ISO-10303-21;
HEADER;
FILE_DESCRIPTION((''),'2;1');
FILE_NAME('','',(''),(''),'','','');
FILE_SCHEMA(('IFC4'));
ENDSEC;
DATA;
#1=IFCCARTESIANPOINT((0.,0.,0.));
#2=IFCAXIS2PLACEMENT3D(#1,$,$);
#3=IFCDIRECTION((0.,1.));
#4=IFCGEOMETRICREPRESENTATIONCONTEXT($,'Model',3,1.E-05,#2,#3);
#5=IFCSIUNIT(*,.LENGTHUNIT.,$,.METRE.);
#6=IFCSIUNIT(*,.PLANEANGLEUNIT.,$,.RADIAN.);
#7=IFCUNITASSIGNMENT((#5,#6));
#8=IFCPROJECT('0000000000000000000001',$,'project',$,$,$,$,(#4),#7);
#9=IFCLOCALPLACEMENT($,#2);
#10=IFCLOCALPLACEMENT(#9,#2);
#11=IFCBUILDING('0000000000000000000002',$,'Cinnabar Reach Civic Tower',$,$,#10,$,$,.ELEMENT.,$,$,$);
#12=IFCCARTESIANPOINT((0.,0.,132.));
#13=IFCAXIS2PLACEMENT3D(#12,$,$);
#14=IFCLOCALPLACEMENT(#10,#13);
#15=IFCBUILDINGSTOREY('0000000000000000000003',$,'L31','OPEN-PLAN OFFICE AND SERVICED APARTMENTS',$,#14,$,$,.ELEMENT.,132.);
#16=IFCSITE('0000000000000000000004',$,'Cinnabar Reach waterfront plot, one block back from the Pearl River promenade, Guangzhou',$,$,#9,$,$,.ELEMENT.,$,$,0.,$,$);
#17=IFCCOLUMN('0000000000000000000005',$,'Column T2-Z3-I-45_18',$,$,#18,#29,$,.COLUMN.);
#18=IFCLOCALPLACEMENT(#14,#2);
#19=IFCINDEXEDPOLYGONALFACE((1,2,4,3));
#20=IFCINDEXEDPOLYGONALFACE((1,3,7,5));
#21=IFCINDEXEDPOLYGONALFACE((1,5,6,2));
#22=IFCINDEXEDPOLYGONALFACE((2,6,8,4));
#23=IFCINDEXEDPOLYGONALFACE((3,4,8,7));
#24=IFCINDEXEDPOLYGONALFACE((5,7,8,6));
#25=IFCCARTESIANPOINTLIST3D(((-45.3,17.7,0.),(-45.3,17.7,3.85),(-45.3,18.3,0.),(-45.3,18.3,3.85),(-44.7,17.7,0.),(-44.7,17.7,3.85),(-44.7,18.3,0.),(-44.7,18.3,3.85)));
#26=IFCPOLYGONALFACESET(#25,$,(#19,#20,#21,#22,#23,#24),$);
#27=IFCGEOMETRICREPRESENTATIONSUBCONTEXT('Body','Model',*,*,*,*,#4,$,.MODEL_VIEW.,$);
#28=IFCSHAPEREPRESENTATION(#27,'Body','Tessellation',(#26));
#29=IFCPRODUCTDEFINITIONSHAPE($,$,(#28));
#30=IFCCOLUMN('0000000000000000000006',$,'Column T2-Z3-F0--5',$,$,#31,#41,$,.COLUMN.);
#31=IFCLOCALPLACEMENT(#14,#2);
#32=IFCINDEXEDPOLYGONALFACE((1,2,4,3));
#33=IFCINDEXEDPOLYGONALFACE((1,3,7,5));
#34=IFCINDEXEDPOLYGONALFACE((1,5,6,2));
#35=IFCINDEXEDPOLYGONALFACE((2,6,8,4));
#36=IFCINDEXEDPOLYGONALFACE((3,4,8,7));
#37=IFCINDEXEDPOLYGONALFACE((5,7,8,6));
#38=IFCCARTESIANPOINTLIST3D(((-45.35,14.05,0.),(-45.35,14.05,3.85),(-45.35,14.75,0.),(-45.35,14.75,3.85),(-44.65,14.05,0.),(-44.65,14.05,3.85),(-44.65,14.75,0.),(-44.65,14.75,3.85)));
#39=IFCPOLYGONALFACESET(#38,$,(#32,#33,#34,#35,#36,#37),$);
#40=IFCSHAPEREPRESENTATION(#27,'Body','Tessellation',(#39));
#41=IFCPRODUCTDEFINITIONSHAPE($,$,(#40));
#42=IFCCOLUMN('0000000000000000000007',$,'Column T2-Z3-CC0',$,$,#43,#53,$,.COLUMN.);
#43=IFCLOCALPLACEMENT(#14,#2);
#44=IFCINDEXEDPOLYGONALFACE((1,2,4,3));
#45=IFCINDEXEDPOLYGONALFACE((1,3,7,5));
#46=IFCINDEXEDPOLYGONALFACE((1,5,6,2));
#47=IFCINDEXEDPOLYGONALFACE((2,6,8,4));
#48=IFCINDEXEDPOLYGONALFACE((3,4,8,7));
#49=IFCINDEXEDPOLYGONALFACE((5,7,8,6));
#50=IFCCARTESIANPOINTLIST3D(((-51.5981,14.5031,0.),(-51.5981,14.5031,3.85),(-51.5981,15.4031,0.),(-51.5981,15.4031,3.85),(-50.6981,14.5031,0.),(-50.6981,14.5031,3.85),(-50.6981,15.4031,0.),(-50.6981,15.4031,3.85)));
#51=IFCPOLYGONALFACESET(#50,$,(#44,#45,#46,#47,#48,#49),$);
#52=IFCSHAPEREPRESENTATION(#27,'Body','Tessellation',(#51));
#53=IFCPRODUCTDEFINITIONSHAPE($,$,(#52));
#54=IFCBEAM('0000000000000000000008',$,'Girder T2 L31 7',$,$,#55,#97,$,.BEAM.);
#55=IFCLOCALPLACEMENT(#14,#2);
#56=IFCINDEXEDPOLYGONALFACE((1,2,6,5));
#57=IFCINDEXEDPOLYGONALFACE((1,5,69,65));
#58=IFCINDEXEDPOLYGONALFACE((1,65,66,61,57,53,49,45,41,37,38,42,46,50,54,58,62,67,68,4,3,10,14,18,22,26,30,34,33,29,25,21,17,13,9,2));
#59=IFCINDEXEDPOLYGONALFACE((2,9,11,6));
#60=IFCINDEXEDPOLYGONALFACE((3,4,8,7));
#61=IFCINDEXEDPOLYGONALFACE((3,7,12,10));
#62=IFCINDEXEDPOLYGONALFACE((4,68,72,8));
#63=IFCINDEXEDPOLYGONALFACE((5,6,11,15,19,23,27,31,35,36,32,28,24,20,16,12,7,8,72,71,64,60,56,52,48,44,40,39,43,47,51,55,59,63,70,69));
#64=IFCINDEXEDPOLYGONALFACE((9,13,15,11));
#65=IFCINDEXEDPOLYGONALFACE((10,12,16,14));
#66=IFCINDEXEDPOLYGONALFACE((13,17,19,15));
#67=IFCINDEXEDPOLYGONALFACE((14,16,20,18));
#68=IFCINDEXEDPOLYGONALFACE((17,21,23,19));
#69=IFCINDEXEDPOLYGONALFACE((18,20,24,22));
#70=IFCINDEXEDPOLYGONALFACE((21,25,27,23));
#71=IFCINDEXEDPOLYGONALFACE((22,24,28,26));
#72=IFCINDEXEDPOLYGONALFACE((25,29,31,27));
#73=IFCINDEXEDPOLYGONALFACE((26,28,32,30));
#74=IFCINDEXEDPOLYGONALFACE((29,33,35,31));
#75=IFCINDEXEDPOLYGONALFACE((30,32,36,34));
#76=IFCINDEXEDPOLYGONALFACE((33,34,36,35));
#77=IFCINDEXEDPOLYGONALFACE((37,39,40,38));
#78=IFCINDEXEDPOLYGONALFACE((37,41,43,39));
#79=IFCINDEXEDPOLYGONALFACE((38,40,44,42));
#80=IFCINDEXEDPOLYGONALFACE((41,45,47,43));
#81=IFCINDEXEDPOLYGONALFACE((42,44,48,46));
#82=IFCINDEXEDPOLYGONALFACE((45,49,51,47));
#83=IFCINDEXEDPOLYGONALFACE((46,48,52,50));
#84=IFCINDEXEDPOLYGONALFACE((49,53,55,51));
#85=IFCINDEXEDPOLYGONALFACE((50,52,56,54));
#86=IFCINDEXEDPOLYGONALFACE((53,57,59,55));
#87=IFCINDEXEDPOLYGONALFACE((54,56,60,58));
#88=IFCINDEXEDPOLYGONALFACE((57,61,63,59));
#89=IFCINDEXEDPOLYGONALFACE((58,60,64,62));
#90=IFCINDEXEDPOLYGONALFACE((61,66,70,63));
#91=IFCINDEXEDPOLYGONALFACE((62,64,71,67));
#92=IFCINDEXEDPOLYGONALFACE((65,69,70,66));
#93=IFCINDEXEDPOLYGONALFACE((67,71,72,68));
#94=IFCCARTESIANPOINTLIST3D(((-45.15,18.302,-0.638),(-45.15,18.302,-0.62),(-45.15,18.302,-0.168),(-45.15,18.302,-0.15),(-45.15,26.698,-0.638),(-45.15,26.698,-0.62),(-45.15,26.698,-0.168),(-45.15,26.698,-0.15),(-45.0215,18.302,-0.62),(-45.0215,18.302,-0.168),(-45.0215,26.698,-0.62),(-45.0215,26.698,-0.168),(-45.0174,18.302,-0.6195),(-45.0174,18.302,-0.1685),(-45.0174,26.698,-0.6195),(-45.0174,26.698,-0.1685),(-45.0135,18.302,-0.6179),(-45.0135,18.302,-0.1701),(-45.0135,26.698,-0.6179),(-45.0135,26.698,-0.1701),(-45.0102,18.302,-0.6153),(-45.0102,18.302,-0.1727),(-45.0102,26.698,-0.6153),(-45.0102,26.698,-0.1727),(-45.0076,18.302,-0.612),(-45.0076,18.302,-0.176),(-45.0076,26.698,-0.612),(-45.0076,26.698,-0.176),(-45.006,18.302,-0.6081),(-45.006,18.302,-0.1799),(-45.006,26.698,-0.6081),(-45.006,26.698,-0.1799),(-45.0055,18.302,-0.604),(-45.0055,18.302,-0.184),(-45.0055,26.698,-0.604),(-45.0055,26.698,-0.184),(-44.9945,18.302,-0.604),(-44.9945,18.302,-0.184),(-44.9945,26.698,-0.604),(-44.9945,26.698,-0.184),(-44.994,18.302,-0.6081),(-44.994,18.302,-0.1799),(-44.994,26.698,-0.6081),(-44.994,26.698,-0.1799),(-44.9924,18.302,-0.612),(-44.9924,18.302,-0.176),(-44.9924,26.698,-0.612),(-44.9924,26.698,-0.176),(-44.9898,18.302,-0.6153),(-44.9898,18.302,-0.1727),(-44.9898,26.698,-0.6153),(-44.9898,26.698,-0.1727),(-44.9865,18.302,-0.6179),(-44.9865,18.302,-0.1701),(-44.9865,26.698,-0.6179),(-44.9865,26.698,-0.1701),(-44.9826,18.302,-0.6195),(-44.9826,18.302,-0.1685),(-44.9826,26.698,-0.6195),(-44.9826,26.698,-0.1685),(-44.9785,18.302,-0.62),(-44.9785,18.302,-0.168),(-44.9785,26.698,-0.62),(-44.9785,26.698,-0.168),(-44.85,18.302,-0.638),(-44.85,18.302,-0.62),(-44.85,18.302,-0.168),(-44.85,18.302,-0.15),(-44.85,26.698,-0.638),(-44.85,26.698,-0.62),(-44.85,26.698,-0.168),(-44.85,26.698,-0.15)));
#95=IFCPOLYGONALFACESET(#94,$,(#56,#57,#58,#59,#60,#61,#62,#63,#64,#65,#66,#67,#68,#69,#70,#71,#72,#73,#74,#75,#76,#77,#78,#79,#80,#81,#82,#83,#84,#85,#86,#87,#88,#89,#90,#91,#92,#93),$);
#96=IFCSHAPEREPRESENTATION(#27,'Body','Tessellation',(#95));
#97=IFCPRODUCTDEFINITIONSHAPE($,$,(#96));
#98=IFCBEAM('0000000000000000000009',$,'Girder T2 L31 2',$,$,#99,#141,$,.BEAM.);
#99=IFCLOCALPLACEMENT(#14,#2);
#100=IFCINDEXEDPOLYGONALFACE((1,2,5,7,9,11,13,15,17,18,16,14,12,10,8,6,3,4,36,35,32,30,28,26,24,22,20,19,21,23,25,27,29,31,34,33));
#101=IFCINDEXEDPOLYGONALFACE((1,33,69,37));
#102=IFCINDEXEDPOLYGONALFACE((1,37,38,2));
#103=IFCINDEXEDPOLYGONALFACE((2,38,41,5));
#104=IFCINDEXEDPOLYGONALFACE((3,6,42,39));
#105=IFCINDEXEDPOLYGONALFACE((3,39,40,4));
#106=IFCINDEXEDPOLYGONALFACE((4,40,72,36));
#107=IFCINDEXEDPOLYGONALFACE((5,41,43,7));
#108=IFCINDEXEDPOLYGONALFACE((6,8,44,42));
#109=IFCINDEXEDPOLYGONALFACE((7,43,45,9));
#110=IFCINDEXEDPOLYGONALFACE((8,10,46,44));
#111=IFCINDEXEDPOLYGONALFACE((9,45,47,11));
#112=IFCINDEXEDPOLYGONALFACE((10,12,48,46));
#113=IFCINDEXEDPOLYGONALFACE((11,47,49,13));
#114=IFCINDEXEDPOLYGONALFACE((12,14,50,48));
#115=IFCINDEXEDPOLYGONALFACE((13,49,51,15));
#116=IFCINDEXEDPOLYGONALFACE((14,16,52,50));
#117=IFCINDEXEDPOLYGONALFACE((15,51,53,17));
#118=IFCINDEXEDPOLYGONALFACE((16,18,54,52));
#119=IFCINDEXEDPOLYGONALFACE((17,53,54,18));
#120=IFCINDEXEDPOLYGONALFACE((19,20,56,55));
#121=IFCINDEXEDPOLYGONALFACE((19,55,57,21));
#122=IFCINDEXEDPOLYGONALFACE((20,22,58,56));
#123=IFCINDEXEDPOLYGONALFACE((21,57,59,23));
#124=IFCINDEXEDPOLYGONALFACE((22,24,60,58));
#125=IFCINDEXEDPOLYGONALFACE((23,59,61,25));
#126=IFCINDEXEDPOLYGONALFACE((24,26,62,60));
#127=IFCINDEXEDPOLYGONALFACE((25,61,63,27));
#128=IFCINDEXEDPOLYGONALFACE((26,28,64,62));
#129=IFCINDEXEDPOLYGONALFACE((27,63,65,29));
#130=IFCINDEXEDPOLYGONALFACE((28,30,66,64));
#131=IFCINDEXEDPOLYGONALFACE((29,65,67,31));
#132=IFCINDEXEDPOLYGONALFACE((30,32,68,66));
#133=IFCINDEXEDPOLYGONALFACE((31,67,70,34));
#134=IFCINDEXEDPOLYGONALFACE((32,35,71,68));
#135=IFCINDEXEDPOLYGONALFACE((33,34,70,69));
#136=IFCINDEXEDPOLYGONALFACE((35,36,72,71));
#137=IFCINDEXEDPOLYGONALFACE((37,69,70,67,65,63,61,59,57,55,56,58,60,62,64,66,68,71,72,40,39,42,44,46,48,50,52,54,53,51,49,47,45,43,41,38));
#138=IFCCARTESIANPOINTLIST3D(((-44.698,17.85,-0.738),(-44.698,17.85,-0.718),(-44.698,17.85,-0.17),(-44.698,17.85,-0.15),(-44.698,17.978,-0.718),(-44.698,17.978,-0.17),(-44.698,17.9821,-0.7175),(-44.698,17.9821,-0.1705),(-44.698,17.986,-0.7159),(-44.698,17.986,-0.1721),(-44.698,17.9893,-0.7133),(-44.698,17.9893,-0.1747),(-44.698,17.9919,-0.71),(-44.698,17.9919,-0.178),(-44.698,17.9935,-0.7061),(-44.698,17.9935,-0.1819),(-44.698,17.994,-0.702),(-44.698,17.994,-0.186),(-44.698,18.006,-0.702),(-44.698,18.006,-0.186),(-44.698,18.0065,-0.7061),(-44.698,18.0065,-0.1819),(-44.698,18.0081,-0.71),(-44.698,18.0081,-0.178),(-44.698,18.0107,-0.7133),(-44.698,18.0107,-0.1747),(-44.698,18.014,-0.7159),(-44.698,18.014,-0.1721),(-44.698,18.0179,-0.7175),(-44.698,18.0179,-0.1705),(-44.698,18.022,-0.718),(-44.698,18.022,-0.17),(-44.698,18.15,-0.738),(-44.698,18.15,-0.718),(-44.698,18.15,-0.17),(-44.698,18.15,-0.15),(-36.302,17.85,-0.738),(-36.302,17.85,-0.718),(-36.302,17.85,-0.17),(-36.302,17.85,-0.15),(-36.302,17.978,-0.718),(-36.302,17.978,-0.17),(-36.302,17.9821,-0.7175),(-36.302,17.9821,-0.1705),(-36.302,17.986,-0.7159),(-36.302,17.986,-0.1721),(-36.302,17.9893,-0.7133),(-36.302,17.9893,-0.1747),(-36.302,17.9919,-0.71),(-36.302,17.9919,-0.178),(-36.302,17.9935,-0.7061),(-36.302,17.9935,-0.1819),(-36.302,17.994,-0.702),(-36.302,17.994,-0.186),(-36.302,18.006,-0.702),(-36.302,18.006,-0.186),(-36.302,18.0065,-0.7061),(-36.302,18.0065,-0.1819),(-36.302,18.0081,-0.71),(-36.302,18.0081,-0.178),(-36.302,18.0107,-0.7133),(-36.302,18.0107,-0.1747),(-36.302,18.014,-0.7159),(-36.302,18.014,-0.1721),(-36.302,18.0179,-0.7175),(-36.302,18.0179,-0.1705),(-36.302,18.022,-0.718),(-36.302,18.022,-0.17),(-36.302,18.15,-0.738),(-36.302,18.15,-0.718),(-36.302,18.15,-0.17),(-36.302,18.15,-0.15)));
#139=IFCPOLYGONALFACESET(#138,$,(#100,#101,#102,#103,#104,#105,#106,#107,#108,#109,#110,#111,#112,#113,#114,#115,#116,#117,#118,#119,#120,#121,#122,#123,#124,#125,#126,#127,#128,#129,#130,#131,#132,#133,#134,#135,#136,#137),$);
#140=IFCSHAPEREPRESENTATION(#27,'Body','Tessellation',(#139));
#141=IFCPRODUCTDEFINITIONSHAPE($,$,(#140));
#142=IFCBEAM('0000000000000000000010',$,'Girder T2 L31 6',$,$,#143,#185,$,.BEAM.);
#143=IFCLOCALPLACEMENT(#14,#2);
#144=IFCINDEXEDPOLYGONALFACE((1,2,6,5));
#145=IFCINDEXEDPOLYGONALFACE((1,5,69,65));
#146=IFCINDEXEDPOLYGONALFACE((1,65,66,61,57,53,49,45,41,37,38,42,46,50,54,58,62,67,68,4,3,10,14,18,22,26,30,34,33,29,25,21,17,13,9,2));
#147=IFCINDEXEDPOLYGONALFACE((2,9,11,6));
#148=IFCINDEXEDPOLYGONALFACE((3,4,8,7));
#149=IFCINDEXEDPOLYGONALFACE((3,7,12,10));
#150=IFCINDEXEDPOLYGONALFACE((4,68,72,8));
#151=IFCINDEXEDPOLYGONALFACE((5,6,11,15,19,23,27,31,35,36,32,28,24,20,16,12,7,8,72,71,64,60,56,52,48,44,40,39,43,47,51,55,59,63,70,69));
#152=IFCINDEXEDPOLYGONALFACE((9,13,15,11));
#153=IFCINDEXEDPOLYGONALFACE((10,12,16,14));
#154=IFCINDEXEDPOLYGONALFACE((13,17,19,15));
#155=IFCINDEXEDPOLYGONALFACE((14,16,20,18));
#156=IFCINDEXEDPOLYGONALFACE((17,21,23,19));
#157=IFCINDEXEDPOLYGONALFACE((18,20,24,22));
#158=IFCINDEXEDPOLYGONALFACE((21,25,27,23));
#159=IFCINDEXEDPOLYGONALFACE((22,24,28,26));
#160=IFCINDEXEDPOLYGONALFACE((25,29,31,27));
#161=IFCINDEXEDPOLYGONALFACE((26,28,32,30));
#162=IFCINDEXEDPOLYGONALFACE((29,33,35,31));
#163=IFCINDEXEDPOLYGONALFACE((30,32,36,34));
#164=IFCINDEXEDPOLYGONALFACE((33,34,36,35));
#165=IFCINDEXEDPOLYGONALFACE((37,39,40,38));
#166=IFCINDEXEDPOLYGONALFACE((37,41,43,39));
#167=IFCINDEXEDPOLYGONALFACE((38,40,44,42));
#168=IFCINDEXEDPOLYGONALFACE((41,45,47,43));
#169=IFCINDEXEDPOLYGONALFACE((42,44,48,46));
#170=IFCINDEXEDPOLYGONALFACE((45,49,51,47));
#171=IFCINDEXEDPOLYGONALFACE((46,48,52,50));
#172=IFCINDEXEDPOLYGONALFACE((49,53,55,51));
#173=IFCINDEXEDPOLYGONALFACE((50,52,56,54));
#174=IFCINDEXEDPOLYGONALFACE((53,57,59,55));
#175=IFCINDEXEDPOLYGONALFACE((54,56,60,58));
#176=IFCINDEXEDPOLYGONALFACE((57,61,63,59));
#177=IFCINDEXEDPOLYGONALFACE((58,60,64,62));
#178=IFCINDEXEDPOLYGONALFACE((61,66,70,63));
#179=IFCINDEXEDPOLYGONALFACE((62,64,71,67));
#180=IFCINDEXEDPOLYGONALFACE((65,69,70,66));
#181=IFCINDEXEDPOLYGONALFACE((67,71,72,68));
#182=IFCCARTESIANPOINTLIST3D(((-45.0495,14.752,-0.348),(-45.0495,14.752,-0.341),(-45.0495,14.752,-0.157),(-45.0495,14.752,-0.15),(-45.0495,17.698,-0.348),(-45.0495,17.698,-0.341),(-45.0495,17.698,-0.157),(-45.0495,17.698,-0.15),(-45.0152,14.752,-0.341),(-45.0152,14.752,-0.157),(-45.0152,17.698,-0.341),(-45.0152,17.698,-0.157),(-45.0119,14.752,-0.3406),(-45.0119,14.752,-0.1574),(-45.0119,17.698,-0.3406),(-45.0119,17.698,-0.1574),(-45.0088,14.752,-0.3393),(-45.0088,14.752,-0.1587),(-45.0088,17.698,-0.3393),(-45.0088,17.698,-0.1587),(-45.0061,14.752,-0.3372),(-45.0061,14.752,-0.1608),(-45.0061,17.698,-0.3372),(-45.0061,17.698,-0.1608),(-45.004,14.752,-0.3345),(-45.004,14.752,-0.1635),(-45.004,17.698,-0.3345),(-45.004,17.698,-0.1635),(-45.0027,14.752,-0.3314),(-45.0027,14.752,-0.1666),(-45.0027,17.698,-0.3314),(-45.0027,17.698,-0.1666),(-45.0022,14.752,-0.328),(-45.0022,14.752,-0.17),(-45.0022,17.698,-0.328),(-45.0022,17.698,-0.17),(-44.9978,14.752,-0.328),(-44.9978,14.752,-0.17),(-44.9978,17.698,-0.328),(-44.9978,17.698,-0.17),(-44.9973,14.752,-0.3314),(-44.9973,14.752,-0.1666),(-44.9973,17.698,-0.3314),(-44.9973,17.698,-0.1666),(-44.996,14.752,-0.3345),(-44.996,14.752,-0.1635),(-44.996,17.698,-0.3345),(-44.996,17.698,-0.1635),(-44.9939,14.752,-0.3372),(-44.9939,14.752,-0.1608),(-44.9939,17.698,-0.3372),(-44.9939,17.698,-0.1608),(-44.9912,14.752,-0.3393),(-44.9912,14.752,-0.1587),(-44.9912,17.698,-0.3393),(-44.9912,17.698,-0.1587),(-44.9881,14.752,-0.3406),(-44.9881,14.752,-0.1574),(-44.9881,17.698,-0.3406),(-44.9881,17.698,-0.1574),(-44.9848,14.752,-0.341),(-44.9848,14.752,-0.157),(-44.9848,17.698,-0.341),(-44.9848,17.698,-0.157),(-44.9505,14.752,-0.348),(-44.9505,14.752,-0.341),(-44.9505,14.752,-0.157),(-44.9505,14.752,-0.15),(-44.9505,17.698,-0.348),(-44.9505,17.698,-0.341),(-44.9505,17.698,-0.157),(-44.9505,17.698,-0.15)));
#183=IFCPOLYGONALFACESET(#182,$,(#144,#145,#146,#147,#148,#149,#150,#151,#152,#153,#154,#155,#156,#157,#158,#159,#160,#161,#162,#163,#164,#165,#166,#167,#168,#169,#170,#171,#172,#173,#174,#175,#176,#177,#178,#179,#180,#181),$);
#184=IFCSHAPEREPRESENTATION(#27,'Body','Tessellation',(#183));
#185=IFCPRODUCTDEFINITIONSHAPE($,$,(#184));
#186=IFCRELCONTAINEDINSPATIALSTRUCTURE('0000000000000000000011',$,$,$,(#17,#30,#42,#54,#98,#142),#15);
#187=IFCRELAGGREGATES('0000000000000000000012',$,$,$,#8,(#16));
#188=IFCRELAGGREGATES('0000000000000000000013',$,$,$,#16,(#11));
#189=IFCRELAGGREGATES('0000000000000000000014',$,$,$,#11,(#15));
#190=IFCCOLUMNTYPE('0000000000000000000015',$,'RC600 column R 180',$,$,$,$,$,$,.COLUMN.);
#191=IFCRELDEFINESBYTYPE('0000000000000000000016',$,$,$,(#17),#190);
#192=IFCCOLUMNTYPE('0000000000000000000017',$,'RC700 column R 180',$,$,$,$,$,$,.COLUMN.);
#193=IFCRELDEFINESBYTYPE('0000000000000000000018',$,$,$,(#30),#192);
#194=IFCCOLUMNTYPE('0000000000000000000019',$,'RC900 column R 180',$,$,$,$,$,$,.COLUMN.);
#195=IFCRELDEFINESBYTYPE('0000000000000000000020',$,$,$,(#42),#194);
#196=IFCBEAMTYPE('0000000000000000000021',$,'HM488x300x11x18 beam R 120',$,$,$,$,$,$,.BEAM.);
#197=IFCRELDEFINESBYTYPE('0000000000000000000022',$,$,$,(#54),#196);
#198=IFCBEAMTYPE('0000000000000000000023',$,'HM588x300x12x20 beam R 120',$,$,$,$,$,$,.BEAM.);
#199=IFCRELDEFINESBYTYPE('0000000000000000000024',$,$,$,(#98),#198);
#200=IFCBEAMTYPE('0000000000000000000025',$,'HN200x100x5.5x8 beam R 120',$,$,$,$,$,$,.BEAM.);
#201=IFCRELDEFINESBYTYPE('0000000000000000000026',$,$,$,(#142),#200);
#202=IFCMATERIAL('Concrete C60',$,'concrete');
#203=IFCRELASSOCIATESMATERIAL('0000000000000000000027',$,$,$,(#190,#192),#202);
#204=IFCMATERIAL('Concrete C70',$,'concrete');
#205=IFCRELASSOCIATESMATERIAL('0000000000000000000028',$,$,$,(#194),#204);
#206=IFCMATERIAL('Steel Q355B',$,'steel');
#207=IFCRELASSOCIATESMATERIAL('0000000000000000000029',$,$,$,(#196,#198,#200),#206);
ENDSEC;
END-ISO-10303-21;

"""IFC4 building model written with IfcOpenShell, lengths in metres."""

from ifc_helpers import new_model, si_unit, direction, frame, origin, origin_2d, place, context, subcontext, project, spatial, rectangle, i_section, extrude, material, material_profile, profile_set, type_object, element, save


model = new_model("IFC4")

# Units and contexts
model_context = context("Model", 3, precision=1e-05, world=origin(), true_north=direction((0.0, 1.0)))
body_context = subcontext(model_context, "Body", "Model", "MODEL_VIEW")
ifc_project = project(units=[si_unit("LENGTHUNIT", "METRE"), si_unit("PLANEANGLEUNIT", "RADIAN")], contexts=[model_context])

# Site, building, storey
site_placement = place(None, origin())
site = spatial("IfcSite", under=ifc_project, at=site_placement, Name="Cinnabar Reach waterfront plot, one block back from the Pearl River promenade, Guangzhou", CompositionType="ELEMENT", RefElevation=0.0)
building_placement = place(site_placement, origin())
building = spatial("IfcBuilding", under=site, at=building_placement, Name="Cinnabar Reach Civic Tower", CompositionType="ELEMENT")
storey_placement = place(building_placement, frame((0.0, 0.0, 132.0)))
storey = spatial("IfcBuildingStorey", under=building, at=storey_placement, Name="L31", Description="OPEN-PLAN OFFICE AND SERVICED APARTMENTS", CompositionType="ELEMENT", Elevation=132.0)

# Columns
ifc_material_1 = material(Name="Concrete C60", Category="concrete")
ifc_material_profile_1 = material_profile(ifc_material_1, rectangle(XDim=0.6, YDim=0.6, at=origin_2d()), Name="RC600")
ifc_profile_set_1 = profile_set([ifc_material_profile_1], Name="Concrete C60")
column_type_1 = type_object("IfcColumnType", Name="RC600 column R 180", PredefinedType="COLUMN", material=ifc_profile_set_1)
column_1_placement = place(storey_placement, frame((-45.0, 18.0, 0.0), z_axis=(0.0, 0.0, 1.0), x_axis=(1.0, 0.0, 0.0)))
element("IfcColumn", 1, at=column_1_placement, inside=storey, type_object=column_type_1, Name="Column T2-Z3-I-45_18", PredefinedType="COLUMN", context=body_context, shape_type="SweptSolid", body=[
    extrude(rectangle(XDim=0.6, YDim=0.6, at=origin_2d()), origin(), (0.0, 0.0, 1.0), 3.85),
])
ifc_material_profile_2 = material_profile(ifc_material_1, rectangle(XDim=0.7, YDim=0.7, at=origin_2d()), Name="RC700")
ifc_profile_set_2 = profile_set([ifc_material_profile_2], Name="Concrete C60")
column_type_2 = type_object("IfcColumnType", Name="RC700 column R 180", PredefinedType="COLUMN", material=ifc_profile_set_2)
column_2_placement = place(storey_placement, frame((-45.0, 14.4, 0.0), z_axis=(0.0, 0.0, 1.0), x_axis=(1.0, 0.0, 0.0)))
element("IfcColumn", 2, at=column_2_placement, inside=storey, type_object=column_type_2, Name="Column T2-Z3-F0--5", PredefinedType="COLUMN", context=body_context, shape_type="SweptSolid", body=[
    extrude(rectangle(XDim=0.7, YDim=0.7, at=origin_2d()), origin(), (0.0, 0.0, 1.0), 3.85),
])
ifc_material_2 = material(Name="Concrete C70", Category="concrete")
ifc_material_profile_3 = material_profile(ifc_material_2, rectangle(XDim=0.9, YDim=0.9, at=origin_2d()), Name="RC900")
ifc_profile_set_3 = profile_set([ifc_material_profile_3], Name="Concrete C70")
column_type_3 = type_object("IfcColumnType", Name="RC900 column R 180", PredefinedType="COLUMN", material=ifc_profile_set_3)
column_3_placement = place(storey_placement, frame((-51.1481, 14.9531, 0.0), z_axis=(0.0, 0.0, 1.0), x_axis=(1.0, 0.0, 0.0)))
element("IfcColumn", 3, at=column_3_placement, inside=storey, type_object=column_type_3, Name="Column T2-Z3-CC0", PredefinedType="COLUMN", context=body_context, shape_type="SweptSolid", body=[
    extrude(rectangle(XDim=0.9, YDim=0.9, at=origin_2d()), origin(), (0.0, 0.0, 1.0), 3.85),
])

# Beams
ifc_material_3 = material(Name="Steel Q355B", Category="steel")
ifc_material_profile_4 = material_profile(ifc_material_3, i_section(OverallWidth=0.3, OverallDepth=0.488, WebThickness=0.011, FlangeThickness=0.018, FilletRadius=0.016, at=origin_2d()), Name="HM488x300x11x18")
ifc_profile_set_4 = profile_set([ifc_material_profile_4], Name="Steel Q355B")
beam_type_1 = type_object("IfcBeamType", Name="HM488x300x11x18 beam R 120", PredefinedType="BEAM", material=ifc_profile_set_4)
beam_1_placement = place(storey_placement, frame((-45.0, 18.302, -0.394), z_axis=(0.0, 1.0, 0.0), x_axis=(-1.0, 0.0, 0.0)))
element("IfcBeam", 4, at=beam_1_placement, inside=storey, type_object=beam_type_1, Name="Girder T2 L31 7", PredefinedType="BEAM", context=body_context, shape_type="SweptSolid", body=[
    extrude(i_section(OverallWidth=0.3, OverallDepth=0.488, WebThickness=0.011, FlangeThickness=0.018, FilletRadius=0.016, at=origin_2d()), origin(), (0.0, 0.0, 1.0), 8.396),
])
ifc_material_profile_5 = material_profile(ifc_material_3, i_section(OverallWidth=0.3, OverallDepth=0.588, WebThickness=0.012, FlangeThickness=0.02, FilletRadius=0.016, at=origin_2d()), Name="HM588x300x12x20")
ifc_profile_set_5 = profile_set([ifc_material_profile_5], Name="Steel Q355B")
beam_type_2 = type_object("IfcBeamType", Name="HM588x300x12x20 beam R 120", PredefinedType="BEAM", material=ifc_profile_set_5)
beam_2_placement = place(storey_placement, frame((-44.698, 18.0, -0.444), z_axis=(1.0, 0.0, 0.0), x_axis=(0.0, 1.0, 0.0)))
element("IfcBeam", 5, at=beam_2_placement, inside=storey, type_object=beam_type_2, Name="Girder T2 L31 2", PredefinedType="BEAM", context=body_context, shape_type="SweptSolid", body=[
    extrude(i_section(OverallWidth=0.3, OverallDepth=0.588, WebThickness=0.012, FlangeThickness=0.02, FilletRadius=0.016, at=origin_2d()), origin(), (0.0, 0.0, 1.0), 8.396),
])
ifc_material_profile_6 = material_profile(ifc_material_3, i_section(OverallWidth=0.099, OverallDepth=0.198, WebThickness=0.0045, FlangeThickness=0.007, FilletRadius=0.013, at=origin_2d()), Name="HN200x100x5.5x8")
ifc_profile_set_6 = profile_set([ifc_material_profile_6], Name="Steel Q355B")
beam_type_3 = type_object("IfcBeamType", Name="HN200x100x5.5x8 beam R 120", PredefinedType="BEAM", material=ifc_profile_set_6)
beam_3_placement = place(storey_placement, frame((-45.0, 14.752, -0.249), z_axis=(0.0, 1.0, 0.0), x_axis=(-1.0, 0.0, 0.0)))
element("IfcBeam", 6, at=beam_3_placement, inside=storey, type_object=beam_type_3, Name="Girder T2 L31 6", PredefinedType="BEAM", context=body_context, shape_type="SweptSolid", body=[
    extrude(i_section(OverallWidth=0.099, OverallDepth=0.198, WebThickness=0.0045, FlangeThickness=0.007, FilletRadius=0.013, at=origin_2d()), origin(), (0.0, 0.0, 1.0), 2.946),
])

save(model, "model.ifc")
